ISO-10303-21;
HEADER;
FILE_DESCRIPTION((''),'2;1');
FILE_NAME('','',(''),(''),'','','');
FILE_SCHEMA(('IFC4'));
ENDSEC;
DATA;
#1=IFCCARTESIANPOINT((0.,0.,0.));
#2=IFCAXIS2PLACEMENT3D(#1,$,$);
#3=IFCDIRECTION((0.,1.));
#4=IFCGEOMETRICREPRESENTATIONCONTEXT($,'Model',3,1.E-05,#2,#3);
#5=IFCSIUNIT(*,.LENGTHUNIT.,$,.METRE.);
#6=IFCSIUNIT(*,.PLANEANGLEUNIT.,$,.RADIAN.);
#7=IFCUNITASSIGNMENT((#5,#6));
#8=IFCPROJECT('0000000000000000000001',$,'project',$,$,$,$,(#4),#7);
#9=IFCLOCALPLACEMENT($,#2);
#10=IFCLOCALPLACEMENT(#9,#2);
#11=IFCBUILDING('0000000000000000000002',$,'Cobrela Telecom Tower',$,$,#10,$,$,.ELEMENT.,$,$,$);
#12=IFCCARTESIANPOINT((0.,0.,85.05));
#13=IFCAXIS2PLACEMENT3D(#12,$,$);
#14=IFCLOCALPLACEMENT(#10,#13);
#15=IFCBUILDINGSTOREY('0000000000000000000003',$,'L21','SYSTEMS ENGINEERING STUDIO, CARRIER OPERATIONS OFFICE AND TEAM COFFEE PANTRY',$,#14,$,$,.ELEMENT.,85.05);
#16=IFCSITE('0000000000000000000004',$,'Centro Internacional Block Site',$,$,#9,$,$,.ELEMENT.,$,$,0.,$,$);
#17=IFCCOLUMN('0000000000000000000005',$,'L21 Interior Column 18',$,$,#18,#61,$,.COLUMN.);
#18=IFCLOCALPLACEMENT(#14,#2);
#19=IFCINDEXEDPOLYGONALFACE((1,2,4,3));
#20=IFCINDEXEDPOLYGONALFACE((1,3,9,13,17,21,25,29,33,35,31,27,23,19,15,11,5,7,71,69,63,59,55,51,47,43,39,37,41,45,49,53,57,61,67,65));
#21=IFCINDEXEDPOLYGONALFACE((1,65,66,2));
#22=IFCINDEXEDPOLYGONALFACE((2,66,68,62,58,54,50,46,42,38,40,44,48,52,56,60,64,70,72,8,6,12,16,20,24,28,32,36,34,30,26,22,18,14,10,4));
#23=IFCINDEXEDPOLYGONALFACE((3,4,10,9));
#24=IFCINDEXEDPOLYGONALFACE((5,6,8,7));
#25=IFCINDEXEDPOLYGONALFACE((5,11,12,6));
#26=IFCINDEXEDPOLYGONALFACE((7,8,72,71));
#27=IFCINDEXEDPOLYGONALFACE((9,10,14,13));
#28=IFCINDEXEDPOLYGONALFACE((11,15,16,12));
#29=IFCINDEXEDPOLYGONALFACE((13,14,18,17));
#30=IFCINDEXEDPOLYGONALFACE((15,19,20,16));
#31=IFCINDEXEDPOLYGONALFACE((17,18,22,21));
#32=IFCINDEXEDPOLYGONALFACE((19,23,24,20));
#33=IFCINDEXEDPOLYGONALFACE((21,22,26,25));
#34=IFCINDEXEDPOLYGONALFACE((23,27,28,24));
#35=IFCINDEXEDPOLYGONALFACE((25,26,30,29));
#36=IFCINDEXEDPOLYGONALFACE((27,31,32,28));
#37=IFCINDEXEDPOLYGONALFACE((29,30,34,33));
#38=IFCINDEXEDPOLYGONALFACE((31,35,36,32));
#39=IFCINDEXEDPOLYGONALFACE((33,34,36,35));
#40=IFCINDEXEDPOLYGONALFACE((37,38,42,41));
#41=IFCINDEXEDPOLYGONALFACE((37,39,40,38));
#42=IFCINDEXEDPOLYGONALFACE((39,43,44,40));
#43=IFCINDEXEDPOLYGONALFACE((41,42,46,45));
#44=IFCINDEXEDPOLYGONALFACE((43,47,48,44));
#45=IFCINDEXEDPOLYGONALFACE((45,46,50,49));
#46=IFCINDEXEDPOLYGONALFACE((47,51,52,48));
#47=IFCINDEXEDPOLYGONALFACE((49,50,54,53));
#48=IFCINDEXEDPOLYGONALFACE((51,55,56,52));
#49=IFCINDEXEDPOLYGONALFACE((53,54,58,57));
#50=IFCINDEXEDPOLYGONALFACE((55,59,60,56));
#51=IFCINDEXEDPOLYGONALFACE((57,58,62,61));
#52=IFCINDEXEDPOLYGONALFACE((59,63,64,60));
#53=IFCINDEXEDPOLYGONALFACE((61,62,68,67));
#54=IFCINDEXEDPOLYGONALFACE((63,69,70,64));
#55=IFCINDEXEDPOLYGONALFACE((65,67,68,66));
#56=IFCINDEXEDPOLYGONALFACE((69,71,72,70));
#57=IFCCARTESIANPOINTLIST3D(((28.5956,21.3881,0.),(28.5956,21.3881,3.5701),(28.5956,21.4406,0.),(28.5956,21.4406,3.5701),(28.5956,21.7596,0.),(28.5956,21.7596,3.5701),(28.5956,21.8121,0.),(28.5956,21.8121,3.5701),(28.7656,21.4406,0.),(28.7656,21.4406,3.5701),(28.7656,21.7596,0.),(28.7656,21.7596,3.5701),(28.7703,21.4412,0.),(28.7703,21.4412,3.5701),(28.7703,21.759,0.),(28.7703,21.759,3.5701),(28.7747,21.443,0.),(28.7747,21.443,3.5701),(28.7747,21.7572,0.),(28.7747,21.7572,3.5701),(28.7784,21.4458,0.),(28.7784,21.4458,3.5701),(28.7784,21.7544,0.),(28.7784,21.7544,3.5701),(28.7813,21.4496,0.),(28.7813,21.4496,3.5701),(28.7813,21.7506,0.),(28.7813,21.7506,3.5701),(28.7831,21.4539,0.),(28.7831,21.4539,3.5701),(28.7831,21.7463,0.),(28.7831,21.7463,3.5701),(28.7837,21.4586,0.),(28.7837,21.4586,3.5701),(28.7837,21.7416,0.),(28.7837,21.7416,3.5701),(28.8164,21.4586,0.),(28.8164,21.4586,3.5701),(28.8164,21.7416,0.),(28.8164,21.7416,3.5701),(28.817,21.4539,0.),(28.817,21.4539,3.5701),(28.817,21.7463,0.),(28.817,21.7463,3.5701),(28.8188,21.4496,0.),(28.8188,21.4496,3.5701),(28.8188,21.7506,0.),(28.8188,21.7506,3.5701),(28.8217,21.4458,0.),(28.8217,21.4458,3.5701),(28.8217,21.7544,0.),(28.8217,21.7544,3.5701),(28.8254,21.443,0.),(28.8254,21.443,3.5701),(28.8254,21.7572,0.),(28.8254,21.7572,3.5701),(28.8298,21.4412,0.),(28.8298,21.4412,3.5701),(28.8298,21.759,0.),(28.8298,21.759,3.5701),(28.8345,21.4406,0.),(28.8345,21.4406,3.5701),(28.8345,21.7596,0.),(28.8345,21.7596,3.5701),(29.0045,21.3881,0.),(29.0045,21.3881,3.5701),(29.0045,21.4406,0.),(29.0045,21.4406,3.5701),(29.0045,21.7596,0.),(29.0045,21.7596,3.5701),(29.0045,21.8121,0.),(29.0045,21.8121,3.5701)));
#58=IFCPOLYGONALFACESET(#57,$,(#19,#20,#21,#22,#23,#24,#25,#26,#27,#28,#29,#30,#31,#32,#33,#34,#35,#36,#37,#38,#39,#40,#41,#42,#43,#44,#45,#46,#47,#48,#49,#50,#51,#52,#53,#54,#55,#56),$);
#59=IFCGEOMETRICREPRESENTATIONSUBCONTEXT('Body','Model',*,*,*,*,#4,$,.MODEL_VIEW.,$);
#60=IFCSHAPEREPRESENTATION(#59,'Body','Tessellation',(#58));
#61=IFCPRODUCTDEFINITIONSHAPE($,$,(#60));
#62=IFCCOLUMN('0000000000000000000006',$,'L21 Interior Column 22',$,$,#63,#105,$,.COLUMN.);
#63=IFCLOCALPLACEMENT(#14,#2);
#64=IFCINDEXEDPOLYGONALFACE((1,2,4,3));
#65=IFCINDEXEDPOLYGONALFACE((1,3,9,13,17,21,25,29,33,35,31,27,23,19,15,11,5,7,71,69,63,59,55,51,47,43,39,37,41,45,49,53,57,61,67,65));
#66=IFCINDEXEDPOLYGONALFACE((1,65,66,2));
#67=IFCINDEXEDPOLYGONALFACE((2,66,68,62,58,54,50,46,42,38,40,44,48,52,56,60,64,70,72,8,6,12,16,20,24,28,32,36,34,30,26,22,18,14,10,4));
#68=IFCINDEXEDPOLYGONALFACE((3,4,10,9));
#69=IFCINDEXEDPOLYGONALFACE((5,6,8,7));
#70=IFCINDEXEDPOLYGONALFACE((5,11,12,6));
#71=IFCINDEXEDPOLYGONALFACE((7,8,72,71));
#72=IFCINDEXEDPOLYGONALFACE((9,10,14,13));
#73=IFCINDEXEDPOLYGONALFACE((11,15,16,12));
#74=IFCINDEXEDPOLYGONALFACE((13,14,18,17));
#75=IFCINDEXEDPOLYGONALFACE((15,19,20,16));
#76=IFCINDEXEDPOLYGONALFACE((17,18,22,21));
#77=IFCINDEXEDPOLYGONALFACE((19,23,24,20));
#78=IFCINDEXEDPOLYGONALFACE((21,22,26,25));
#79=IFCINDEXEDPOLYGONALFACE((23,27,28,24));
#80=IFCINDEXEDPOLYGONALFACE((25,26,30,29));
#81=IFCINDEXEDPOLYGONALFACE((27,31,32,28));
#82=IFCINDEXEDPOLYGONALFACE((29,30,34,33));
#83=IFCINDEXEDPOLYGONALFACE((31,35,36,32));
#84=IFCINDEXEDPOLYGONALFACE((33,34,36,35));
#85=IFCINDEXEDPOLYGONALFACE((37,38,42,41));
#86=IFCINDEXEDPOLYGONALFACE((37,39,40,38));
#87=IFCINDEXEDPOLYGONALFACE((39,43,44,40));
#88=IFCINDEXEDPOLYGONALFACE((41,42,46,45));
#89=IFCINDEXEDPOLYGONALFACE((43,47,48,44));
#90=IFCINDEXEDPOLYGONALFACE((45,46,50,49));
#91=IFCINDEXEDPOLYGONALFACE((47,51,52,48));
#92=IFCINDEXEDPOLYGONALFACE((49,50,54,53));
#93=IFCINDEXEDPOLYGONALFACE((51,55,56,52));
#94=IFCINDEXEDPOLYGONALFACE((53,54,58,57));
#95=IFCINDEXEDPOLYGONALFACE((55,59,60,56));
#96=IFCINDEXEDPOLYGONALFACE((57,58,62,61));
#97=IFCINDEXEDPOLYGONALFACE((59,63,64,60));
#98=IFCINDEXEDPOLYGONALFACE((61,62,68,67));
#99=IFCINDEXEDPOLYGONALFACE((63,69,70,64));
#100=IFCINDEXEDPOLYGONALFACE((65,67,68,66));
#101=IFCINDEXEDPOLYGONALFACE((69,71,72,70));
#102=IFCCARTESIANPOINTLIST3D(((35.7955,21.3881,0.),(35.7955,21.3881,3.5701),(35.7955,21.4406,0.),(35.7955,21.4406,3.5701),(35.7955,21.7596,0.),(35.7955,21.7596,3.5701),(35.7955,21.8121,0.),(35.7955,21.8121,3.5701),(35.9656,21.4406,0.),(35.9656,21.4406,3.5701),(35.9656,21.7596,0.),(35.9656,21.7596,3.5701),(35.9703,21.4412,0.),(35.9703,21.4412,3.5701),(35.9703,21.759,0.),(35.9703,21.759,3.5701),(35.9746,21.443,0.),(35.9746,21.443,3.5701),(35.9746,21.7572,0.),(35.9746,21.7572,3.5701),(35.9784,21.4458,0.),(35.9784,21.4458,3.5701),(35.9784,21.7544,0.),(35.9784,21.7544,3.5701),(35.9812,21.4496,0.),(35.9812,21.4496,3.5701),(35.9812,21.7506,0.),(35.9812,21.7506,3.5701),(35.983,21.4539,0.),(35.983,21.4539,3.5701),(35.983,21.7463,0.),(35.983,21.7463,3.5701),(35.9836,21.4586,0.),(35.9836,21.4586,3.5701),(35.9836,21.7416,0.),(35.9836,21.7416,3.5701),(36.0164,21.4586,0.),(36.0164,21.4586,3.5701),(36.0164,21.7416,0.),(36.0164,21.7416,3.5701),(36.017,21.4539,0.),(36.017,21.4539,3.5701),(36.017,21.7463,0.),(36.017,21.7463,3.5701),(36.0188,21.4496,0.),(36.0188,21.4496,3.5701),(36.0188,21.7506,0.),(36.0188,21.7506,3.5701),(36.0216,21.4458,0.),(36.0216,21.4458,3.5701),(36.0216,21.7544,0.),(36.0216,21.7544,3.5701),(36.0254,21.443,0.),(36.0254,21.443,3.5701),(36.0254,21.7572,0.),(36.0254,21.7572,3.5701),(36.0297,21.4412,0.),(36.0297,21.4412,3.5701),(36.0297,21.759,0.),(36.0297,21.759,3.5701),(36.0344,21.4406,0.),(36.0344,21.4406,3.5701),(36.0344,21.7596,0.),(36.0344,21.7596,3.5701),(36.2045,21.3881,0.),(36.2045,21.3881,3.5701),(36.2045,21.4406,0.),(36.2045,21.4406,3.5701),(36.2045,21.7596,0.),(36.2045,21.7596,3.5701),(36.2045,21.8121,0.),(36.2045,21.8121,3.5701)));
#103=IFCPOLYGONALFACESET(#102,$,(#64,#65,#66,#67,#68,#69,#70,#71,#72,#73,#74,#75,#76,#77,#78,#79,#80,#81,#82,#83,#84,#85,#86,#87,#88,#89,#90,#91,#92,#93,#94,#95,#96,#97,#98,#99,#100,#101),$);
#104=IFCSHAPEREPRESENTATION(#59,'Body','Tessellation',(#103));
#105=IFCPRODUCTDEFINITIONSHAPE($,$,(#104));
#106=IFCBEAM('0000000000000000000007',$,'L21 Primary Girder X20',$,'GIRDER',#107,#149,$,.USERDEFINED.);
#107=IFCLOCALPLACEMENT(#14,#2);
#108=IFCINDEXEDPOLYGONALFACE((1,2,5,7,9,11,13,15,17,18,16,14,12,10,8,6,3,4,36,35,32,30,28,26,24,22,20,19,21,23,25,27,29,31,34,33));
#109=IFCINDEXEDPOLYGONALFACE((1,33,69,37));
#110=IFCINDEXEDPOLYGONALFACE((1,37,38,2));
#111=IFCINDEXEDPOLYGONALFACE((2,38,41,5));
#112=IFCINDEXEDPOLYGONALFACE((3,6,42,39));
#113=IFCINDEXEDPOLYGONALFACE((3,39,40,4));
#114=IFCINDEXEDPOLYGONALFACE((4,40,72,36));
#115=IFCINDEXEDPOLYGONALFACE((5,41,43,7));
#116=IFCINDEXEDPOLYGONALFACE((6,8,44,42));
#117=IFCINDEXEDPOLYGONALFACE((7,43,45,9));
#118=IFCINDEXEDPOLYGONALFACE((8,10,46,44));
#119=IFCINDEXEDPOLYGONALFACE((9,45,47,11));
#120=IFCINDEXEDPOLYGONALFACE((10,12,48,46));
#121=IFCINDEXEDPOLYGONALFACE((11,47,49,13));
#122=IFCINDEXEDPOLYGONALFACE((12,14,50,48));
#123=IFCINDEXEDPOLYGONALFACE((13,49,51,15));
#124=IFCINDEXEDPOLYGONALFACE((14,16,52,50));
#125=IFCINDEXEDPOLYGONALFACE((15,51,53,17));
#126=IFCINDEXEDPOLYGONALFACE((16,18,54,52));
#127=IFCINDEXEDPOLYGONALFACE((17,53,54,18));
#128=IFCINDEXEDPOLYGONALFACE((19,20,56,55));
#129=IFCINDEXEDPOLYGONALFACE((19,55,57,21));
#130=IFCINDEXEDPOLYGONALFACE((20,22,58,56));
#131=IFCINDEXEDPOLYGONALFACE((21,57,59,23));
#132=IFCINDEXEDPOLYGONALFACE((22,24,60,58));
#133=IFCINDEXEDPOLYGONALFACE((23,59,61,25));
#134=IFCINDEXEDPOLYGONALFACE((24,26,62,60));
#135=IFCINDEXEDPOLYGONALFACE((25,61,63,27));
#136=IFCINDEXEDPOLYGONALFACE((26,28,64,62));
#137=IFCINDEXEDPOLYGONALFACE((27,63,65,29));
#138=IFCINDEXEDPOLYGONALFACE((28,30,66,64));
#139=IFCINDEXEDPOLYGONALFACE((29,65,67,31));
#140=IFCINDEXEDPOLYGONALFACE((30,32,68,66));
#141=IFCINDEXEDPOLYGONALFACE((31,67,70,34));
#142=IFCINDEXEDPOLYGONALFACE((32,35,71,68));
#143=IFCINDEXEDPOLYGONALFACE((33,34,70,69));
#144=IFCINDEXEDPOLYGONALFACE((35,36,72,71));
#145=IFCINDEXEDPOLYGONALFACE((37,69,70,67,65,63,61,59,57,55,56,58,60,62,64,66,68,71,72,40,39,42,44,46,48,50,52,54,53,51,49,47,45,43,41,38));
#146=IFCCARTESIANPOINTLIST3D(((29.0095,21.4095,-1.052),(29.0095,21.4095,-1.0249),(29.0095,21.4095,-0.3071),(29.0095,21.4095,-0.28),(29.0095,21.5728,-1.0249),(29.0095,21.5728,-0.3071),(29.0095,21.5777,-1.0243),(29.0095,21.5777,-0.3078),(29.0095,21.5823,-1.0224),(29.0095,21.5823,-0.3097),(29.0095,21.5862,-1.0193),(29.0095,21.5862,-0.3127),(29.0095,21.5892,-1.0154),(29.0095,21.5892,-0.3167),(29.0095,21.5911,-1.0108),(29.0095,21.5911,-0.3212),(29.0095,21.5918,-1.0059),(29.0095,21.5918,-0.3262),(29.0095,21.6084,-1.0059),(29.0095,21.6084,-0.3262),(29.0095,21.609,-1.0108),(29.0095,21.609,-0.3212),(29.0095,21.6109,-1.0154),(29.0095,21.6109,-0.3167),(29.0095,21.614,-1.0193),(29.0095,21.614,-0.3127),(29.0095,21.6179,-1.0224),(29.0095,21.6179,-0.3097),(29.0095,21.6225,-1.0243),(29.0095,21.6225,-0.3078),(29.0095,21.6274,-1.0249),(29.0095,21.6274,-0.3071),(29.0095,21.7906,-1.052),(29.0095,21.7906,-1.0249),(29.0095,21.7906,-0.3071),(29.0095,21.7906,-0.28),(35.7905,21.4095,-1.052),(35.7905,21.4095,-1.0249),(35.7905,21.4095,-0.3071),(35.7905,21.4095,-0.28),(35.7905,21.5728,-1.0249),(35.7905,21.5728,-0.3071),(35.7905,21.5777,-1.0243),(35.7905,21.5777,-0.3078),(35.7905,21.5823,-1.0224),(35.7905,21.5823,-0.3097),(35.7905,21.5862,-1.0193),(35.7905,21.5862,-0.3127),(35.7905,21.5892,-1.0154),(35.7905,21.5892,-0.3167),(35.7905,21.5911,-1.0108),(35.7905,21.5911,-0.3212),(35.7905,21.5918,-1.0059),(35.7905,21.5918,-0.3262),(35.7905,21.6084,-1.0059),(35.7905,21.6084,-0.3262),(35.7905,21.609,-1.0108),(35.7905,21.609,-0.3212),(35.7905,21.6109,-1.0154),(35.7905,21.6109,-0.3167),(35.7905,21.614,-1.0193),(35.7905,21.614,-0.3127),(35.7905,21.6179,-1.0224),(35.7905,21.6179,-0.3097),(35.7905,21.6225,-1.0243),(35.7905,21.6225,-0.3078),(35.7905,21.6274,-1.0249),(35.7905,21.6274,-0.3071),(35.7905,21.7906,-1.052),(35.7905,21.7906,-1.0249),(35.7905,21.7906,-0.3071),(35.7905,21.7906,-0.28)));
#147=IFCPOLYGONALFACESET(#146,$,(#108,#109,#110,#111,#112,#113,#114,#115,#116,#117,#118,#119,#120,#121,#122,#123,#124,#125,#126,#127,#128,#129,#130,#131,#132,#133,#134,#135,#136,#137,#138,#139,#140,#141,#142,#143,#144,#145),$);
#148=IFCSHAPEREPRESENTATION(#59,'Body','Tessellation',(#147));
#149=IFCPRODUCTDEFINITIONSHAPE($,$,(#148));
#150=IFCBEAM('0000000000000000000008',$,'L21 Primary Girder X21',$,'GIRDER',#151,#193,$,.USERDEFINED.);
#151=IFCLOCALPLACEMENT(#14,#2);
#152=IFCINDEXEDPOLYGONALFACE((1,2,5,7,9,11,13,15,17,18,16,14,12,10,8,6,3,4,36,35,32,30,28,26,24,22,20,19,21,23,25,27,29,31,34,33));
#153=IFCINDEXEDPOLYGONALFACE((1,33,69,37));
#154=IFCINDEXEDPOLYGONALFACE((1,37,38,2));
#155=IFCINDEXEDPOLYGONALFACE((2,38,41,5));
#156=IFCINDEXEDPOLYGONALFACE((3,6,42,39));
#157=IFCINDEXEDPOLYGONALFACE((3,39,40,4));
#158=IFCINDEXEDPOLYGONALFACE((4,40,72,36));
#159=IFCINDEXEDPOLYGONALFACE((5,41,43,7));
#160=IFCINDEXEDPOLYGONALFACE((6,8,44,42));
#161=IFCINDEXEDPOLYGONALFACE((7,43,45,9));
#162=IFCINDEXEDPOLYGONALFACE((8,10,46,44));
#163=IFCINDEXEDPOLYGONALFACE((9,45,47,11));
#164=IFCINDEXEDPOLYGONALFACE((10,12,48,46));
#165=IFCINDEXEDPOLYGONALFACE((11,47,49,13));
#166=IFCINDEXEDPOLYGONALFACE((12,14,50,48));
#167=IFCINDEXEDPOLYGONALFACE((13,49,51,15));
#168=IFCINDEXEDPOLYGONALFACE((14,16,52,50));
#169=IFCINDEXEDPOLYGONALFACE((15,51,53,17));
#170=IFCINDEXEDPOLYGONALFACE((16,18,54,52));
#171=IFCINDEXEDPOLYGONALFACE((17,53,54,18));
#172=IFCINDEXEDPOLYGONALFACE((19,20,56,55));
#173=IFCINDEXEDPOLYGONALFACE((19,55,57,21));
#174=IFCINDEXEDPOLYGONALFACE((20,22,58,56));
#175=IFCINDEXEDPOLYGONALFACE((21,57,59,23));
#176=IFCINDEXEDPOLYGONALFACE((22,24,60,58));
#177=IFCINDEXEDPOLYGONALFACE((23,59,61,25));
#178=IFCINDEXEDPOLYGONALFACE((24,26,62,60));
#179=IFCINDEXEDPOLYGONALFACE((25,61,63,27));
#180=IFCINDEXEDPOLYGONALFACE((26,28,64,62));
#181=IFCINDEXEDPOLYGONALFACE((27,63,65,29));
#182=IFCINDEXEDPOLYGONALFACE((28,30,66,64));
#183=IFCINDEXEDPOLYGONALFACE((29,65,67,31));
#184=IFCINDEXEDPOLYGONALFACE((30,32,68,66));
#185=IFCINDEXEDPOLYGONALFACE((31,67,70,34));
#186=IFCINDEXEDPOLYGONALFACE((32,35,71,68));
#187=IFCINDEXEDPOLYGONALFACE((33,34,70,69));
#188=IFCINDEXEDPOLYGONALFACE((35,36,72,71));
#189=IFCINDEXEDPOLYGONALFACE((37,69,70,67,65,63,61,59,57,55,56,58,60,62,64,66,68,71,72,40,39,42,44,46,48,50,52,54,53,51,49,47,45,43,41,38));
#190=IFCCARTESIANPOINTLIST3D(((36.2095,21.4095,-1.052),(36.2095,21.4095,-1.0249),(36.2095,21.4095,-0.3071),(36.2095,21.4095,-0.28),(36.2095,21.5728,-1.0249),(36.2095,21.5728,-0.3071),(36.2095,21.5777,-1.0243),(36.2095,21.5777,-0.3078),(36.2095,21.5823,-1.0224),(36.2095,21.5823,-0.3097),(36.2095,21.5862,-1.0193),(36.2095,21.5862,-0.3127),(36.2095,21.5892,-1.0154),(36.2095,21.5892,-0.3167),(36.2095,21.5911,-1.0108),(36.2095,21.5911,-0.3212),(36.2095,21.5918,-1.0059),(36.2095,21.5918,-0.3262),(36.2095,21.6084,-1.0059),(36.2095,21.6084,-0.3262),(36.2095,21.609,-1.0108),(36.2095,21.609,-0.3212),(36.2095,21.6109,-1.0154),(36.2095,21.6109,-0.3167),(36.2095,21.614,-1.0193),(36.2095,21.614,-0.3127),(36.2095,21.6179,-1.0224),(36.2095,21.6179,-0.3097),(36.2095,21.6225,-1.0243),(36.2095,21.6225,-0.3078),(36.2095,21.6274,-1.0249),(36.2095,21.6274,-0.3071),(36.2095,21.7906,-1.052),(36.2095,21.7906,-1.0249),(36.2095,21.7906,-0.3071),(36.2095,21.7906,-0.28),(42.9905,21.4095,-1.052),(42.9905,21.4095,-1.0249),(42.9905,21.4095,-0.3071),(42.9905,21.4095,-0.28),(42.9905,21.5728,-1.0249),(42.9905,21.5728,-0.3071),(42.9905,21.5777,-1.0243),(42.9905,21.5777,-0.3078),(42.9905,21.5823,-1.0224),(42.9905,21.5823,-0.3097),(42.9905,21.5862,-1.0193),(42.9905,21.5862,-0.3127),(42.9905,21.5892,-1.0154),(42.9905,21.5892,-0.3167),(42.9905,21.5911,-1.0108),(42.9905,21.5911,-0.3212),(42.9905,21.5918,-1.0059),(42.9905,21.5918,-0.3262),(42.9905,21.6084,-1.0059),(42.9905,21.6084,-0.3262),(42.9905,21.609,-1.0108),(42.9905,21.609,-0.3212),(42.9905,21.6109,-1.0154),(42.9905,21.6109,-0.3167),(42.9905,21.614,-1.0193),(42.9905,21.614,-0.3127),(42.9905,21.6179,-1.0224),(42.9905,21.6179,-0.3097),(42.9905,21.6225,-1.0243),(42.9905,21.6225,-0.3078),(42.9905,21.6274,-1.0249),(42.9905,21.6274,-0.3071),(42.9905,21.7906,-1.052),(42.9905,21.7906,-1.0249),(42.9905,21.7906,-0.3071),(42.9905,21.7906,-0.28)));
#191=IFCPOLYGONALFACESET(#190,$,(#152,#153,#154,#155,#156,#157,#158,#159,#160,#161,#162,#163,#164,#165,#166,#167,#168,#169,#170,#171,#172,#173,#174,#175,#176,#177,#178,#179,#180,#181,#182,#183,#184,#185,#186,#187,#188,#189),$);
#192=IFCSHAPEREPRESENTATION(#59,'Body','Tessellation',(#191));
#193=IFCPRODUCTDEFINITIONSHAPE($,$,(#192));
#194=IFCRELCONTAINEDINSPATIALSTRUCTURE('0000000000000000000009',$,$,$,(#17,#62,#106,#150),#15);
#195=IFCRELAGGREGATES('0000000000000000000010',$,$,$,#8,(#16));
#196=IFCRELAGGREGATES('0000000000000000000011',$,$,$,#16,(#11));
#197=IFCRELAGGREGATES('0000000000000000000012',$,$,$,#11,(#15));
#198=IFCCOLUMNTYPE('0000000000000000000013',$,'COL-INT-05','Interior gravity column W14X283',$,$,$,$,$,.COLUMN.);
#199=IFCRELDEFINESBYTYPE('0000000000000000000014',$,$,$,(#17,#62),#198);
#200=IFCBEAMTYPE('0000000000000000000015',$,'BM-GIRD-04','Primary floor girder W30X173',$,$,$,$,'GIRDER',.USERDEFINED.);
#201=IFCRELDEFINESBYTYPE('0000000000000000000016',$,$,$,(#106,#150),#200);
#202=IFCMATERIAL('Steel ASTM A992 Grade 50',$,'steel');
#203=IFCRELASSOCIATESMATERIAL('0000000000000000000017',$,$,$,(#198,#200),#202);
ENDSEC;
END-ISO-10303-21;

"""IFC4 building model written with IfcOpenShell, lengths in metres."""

from ifc_helpers import new_model, si_unit, direction, frame, origin, origin_2d, place, context, subcontext, project, spatial, i_section, extrude, material, material_profile, profile_set, type_object, element, save


model = new_model("IFC4")

# Units and contexts
model_context = context("Model", 3, precision=1e-05, world=origin(), true_north=direction((0.0, 1.0)))
body_context = subcontext(model_context, "Body", "Model", "MODEL_VIEW")
ifc_project = project(units=[si_unit("LENGTHUNIT", "METRE"), si_unit("PLANEANGLEUNIT", "RADIAN")], contexts=[model_context])

# Site, building, storey
site_placement = place(None, origin())
site = spatial("IfcSite", under=ifc_project, at=site_placement, Name="Centro Internacional Block Site", CompositionType="ELEMENT", RefElevation=0.0)
building_placement = place(site_placement, origin())
building = spatial("IfcBuilding", under=site, at=building_placement, Name="Cobrela Telecom Tower", CompositionType="ELEMENT")
storey_placement = place(building_placement, frame((0.0, 0.0, 85.05)))
storey = spatial("IfcBuildingStorey", under=building, at=storey_placement, Name="L21", Description="SYSTEMS ENGINEERING STUDIO, CARRIER OPERATIONS OFFICE AND TEAM COFFEE PANTRY", CompositionType="ELEMENT", Elevation=85.05)

# Columns
ifc_material_1 = material(Name="Steel ASTM A992 Grade 50", Category="steel")
ifc_material_profile_1 = material_profile(ifc_material_1, i_section(OverallWidth=0.4089, OverallDepth=0.4241, WebThickness=0.0327, FlangeThickness=0.0525, FilletRadius=0.0181, at=origin_2d()), Name="W14X283")
ifc_profile_set_1 = profile_set([ifc_material_profile_1], Name="Steel ASTM A992 Grade 50")
column_type = type_object("IfcColumnType", Name="COL-INT-05", Description="Interior gravity column W14X283", PredefinedType="COLUMN", material=ifc_profile_set_1)
for number, where, z_axis, x_axis, name in (
    (1, (28.8, 21.6001, 0.0), (0.0, 0.0, 1.0), (1.0, 0.0, 0.0), "L21 Interior Column 18"),
    (2, (36.0, 21.6001, 0.0), (0.0, 0.0, 1.0), (1.0, 0.0, 0.0), "L21 Interior Column 22"),
):
    element("IfcColumn", number, at=place(storey_placement, frame(where, z_axis=z_axis, x_axis=x_axis)), inside=storey, type_object=column_type, Name=name, PredefinedType="COLUMN", context=body_context, shape_type="SweptSolid", body=[
        extrude(i_section(OverallWidth=0.4089, OverallDepth=0.4241, WebThickness=0.0327, FlangeThickness=0.0525, FilletRadius=0.0181, at=origin_2d()), origin(), (0.0, 0.0, 1.0), 3.5701),
    ])

# Beams
ifc_material_profile_2 = material_profile(ifc_material_1, i_section(OverallWidth=0.3811, OverallDepth=0.772, WebThickness=0.0166, FlangeThickness=0.0271, FilletRadius=0.019, at=origin_2d()), Name="W30X173")
ifc_profile_set_2 = profile_set([ifc_material_profile_2], Name="Steel ASTM A992 Grade 50")
beam_type_1 = type_object("IfcBeamType", Name="BM-GIRD-04", Description="Primary floor girder W30X173", ElementType="GIRDER", PredefinedType="USERDEFINED", material=ifc_profile_set_2)
for number, where, z_axis, x_axis, name in (
    (3, (29.0095, 21.6001, -0.666), (1.0, 0.0, 0.0), (0.0, 1.0, 0.0), "L21 Primary Girder X20"),
    (4, (36.2095, 21.6001, -0.666), (1.0, 0.0, 0.0), (0.0, 1.0, 0.0), "L21 Primary Girder X21"),
):
    element("IfcBeam", number, at=place(storey_placement, frame(where, z_axis=z_axis, x_axis=x_axis)), inside=storey, type_object=beam_type_1, Name=name, ObjectType="GIRDER", PredefinedType="USERDEFINED", context=body_context, shape_type="SweptSolid", body=[
        extrude(i_section(OverallWidth=0.3811, OverallDepth=0.772, WebThickness=0.0166, FlangeThickness=0.0271, FilletRadius=0.019, at=origin_2d()), origin(), (0.0, 0.0, 1.0), 6.781),
    ])

save(model, "model.ifc")
